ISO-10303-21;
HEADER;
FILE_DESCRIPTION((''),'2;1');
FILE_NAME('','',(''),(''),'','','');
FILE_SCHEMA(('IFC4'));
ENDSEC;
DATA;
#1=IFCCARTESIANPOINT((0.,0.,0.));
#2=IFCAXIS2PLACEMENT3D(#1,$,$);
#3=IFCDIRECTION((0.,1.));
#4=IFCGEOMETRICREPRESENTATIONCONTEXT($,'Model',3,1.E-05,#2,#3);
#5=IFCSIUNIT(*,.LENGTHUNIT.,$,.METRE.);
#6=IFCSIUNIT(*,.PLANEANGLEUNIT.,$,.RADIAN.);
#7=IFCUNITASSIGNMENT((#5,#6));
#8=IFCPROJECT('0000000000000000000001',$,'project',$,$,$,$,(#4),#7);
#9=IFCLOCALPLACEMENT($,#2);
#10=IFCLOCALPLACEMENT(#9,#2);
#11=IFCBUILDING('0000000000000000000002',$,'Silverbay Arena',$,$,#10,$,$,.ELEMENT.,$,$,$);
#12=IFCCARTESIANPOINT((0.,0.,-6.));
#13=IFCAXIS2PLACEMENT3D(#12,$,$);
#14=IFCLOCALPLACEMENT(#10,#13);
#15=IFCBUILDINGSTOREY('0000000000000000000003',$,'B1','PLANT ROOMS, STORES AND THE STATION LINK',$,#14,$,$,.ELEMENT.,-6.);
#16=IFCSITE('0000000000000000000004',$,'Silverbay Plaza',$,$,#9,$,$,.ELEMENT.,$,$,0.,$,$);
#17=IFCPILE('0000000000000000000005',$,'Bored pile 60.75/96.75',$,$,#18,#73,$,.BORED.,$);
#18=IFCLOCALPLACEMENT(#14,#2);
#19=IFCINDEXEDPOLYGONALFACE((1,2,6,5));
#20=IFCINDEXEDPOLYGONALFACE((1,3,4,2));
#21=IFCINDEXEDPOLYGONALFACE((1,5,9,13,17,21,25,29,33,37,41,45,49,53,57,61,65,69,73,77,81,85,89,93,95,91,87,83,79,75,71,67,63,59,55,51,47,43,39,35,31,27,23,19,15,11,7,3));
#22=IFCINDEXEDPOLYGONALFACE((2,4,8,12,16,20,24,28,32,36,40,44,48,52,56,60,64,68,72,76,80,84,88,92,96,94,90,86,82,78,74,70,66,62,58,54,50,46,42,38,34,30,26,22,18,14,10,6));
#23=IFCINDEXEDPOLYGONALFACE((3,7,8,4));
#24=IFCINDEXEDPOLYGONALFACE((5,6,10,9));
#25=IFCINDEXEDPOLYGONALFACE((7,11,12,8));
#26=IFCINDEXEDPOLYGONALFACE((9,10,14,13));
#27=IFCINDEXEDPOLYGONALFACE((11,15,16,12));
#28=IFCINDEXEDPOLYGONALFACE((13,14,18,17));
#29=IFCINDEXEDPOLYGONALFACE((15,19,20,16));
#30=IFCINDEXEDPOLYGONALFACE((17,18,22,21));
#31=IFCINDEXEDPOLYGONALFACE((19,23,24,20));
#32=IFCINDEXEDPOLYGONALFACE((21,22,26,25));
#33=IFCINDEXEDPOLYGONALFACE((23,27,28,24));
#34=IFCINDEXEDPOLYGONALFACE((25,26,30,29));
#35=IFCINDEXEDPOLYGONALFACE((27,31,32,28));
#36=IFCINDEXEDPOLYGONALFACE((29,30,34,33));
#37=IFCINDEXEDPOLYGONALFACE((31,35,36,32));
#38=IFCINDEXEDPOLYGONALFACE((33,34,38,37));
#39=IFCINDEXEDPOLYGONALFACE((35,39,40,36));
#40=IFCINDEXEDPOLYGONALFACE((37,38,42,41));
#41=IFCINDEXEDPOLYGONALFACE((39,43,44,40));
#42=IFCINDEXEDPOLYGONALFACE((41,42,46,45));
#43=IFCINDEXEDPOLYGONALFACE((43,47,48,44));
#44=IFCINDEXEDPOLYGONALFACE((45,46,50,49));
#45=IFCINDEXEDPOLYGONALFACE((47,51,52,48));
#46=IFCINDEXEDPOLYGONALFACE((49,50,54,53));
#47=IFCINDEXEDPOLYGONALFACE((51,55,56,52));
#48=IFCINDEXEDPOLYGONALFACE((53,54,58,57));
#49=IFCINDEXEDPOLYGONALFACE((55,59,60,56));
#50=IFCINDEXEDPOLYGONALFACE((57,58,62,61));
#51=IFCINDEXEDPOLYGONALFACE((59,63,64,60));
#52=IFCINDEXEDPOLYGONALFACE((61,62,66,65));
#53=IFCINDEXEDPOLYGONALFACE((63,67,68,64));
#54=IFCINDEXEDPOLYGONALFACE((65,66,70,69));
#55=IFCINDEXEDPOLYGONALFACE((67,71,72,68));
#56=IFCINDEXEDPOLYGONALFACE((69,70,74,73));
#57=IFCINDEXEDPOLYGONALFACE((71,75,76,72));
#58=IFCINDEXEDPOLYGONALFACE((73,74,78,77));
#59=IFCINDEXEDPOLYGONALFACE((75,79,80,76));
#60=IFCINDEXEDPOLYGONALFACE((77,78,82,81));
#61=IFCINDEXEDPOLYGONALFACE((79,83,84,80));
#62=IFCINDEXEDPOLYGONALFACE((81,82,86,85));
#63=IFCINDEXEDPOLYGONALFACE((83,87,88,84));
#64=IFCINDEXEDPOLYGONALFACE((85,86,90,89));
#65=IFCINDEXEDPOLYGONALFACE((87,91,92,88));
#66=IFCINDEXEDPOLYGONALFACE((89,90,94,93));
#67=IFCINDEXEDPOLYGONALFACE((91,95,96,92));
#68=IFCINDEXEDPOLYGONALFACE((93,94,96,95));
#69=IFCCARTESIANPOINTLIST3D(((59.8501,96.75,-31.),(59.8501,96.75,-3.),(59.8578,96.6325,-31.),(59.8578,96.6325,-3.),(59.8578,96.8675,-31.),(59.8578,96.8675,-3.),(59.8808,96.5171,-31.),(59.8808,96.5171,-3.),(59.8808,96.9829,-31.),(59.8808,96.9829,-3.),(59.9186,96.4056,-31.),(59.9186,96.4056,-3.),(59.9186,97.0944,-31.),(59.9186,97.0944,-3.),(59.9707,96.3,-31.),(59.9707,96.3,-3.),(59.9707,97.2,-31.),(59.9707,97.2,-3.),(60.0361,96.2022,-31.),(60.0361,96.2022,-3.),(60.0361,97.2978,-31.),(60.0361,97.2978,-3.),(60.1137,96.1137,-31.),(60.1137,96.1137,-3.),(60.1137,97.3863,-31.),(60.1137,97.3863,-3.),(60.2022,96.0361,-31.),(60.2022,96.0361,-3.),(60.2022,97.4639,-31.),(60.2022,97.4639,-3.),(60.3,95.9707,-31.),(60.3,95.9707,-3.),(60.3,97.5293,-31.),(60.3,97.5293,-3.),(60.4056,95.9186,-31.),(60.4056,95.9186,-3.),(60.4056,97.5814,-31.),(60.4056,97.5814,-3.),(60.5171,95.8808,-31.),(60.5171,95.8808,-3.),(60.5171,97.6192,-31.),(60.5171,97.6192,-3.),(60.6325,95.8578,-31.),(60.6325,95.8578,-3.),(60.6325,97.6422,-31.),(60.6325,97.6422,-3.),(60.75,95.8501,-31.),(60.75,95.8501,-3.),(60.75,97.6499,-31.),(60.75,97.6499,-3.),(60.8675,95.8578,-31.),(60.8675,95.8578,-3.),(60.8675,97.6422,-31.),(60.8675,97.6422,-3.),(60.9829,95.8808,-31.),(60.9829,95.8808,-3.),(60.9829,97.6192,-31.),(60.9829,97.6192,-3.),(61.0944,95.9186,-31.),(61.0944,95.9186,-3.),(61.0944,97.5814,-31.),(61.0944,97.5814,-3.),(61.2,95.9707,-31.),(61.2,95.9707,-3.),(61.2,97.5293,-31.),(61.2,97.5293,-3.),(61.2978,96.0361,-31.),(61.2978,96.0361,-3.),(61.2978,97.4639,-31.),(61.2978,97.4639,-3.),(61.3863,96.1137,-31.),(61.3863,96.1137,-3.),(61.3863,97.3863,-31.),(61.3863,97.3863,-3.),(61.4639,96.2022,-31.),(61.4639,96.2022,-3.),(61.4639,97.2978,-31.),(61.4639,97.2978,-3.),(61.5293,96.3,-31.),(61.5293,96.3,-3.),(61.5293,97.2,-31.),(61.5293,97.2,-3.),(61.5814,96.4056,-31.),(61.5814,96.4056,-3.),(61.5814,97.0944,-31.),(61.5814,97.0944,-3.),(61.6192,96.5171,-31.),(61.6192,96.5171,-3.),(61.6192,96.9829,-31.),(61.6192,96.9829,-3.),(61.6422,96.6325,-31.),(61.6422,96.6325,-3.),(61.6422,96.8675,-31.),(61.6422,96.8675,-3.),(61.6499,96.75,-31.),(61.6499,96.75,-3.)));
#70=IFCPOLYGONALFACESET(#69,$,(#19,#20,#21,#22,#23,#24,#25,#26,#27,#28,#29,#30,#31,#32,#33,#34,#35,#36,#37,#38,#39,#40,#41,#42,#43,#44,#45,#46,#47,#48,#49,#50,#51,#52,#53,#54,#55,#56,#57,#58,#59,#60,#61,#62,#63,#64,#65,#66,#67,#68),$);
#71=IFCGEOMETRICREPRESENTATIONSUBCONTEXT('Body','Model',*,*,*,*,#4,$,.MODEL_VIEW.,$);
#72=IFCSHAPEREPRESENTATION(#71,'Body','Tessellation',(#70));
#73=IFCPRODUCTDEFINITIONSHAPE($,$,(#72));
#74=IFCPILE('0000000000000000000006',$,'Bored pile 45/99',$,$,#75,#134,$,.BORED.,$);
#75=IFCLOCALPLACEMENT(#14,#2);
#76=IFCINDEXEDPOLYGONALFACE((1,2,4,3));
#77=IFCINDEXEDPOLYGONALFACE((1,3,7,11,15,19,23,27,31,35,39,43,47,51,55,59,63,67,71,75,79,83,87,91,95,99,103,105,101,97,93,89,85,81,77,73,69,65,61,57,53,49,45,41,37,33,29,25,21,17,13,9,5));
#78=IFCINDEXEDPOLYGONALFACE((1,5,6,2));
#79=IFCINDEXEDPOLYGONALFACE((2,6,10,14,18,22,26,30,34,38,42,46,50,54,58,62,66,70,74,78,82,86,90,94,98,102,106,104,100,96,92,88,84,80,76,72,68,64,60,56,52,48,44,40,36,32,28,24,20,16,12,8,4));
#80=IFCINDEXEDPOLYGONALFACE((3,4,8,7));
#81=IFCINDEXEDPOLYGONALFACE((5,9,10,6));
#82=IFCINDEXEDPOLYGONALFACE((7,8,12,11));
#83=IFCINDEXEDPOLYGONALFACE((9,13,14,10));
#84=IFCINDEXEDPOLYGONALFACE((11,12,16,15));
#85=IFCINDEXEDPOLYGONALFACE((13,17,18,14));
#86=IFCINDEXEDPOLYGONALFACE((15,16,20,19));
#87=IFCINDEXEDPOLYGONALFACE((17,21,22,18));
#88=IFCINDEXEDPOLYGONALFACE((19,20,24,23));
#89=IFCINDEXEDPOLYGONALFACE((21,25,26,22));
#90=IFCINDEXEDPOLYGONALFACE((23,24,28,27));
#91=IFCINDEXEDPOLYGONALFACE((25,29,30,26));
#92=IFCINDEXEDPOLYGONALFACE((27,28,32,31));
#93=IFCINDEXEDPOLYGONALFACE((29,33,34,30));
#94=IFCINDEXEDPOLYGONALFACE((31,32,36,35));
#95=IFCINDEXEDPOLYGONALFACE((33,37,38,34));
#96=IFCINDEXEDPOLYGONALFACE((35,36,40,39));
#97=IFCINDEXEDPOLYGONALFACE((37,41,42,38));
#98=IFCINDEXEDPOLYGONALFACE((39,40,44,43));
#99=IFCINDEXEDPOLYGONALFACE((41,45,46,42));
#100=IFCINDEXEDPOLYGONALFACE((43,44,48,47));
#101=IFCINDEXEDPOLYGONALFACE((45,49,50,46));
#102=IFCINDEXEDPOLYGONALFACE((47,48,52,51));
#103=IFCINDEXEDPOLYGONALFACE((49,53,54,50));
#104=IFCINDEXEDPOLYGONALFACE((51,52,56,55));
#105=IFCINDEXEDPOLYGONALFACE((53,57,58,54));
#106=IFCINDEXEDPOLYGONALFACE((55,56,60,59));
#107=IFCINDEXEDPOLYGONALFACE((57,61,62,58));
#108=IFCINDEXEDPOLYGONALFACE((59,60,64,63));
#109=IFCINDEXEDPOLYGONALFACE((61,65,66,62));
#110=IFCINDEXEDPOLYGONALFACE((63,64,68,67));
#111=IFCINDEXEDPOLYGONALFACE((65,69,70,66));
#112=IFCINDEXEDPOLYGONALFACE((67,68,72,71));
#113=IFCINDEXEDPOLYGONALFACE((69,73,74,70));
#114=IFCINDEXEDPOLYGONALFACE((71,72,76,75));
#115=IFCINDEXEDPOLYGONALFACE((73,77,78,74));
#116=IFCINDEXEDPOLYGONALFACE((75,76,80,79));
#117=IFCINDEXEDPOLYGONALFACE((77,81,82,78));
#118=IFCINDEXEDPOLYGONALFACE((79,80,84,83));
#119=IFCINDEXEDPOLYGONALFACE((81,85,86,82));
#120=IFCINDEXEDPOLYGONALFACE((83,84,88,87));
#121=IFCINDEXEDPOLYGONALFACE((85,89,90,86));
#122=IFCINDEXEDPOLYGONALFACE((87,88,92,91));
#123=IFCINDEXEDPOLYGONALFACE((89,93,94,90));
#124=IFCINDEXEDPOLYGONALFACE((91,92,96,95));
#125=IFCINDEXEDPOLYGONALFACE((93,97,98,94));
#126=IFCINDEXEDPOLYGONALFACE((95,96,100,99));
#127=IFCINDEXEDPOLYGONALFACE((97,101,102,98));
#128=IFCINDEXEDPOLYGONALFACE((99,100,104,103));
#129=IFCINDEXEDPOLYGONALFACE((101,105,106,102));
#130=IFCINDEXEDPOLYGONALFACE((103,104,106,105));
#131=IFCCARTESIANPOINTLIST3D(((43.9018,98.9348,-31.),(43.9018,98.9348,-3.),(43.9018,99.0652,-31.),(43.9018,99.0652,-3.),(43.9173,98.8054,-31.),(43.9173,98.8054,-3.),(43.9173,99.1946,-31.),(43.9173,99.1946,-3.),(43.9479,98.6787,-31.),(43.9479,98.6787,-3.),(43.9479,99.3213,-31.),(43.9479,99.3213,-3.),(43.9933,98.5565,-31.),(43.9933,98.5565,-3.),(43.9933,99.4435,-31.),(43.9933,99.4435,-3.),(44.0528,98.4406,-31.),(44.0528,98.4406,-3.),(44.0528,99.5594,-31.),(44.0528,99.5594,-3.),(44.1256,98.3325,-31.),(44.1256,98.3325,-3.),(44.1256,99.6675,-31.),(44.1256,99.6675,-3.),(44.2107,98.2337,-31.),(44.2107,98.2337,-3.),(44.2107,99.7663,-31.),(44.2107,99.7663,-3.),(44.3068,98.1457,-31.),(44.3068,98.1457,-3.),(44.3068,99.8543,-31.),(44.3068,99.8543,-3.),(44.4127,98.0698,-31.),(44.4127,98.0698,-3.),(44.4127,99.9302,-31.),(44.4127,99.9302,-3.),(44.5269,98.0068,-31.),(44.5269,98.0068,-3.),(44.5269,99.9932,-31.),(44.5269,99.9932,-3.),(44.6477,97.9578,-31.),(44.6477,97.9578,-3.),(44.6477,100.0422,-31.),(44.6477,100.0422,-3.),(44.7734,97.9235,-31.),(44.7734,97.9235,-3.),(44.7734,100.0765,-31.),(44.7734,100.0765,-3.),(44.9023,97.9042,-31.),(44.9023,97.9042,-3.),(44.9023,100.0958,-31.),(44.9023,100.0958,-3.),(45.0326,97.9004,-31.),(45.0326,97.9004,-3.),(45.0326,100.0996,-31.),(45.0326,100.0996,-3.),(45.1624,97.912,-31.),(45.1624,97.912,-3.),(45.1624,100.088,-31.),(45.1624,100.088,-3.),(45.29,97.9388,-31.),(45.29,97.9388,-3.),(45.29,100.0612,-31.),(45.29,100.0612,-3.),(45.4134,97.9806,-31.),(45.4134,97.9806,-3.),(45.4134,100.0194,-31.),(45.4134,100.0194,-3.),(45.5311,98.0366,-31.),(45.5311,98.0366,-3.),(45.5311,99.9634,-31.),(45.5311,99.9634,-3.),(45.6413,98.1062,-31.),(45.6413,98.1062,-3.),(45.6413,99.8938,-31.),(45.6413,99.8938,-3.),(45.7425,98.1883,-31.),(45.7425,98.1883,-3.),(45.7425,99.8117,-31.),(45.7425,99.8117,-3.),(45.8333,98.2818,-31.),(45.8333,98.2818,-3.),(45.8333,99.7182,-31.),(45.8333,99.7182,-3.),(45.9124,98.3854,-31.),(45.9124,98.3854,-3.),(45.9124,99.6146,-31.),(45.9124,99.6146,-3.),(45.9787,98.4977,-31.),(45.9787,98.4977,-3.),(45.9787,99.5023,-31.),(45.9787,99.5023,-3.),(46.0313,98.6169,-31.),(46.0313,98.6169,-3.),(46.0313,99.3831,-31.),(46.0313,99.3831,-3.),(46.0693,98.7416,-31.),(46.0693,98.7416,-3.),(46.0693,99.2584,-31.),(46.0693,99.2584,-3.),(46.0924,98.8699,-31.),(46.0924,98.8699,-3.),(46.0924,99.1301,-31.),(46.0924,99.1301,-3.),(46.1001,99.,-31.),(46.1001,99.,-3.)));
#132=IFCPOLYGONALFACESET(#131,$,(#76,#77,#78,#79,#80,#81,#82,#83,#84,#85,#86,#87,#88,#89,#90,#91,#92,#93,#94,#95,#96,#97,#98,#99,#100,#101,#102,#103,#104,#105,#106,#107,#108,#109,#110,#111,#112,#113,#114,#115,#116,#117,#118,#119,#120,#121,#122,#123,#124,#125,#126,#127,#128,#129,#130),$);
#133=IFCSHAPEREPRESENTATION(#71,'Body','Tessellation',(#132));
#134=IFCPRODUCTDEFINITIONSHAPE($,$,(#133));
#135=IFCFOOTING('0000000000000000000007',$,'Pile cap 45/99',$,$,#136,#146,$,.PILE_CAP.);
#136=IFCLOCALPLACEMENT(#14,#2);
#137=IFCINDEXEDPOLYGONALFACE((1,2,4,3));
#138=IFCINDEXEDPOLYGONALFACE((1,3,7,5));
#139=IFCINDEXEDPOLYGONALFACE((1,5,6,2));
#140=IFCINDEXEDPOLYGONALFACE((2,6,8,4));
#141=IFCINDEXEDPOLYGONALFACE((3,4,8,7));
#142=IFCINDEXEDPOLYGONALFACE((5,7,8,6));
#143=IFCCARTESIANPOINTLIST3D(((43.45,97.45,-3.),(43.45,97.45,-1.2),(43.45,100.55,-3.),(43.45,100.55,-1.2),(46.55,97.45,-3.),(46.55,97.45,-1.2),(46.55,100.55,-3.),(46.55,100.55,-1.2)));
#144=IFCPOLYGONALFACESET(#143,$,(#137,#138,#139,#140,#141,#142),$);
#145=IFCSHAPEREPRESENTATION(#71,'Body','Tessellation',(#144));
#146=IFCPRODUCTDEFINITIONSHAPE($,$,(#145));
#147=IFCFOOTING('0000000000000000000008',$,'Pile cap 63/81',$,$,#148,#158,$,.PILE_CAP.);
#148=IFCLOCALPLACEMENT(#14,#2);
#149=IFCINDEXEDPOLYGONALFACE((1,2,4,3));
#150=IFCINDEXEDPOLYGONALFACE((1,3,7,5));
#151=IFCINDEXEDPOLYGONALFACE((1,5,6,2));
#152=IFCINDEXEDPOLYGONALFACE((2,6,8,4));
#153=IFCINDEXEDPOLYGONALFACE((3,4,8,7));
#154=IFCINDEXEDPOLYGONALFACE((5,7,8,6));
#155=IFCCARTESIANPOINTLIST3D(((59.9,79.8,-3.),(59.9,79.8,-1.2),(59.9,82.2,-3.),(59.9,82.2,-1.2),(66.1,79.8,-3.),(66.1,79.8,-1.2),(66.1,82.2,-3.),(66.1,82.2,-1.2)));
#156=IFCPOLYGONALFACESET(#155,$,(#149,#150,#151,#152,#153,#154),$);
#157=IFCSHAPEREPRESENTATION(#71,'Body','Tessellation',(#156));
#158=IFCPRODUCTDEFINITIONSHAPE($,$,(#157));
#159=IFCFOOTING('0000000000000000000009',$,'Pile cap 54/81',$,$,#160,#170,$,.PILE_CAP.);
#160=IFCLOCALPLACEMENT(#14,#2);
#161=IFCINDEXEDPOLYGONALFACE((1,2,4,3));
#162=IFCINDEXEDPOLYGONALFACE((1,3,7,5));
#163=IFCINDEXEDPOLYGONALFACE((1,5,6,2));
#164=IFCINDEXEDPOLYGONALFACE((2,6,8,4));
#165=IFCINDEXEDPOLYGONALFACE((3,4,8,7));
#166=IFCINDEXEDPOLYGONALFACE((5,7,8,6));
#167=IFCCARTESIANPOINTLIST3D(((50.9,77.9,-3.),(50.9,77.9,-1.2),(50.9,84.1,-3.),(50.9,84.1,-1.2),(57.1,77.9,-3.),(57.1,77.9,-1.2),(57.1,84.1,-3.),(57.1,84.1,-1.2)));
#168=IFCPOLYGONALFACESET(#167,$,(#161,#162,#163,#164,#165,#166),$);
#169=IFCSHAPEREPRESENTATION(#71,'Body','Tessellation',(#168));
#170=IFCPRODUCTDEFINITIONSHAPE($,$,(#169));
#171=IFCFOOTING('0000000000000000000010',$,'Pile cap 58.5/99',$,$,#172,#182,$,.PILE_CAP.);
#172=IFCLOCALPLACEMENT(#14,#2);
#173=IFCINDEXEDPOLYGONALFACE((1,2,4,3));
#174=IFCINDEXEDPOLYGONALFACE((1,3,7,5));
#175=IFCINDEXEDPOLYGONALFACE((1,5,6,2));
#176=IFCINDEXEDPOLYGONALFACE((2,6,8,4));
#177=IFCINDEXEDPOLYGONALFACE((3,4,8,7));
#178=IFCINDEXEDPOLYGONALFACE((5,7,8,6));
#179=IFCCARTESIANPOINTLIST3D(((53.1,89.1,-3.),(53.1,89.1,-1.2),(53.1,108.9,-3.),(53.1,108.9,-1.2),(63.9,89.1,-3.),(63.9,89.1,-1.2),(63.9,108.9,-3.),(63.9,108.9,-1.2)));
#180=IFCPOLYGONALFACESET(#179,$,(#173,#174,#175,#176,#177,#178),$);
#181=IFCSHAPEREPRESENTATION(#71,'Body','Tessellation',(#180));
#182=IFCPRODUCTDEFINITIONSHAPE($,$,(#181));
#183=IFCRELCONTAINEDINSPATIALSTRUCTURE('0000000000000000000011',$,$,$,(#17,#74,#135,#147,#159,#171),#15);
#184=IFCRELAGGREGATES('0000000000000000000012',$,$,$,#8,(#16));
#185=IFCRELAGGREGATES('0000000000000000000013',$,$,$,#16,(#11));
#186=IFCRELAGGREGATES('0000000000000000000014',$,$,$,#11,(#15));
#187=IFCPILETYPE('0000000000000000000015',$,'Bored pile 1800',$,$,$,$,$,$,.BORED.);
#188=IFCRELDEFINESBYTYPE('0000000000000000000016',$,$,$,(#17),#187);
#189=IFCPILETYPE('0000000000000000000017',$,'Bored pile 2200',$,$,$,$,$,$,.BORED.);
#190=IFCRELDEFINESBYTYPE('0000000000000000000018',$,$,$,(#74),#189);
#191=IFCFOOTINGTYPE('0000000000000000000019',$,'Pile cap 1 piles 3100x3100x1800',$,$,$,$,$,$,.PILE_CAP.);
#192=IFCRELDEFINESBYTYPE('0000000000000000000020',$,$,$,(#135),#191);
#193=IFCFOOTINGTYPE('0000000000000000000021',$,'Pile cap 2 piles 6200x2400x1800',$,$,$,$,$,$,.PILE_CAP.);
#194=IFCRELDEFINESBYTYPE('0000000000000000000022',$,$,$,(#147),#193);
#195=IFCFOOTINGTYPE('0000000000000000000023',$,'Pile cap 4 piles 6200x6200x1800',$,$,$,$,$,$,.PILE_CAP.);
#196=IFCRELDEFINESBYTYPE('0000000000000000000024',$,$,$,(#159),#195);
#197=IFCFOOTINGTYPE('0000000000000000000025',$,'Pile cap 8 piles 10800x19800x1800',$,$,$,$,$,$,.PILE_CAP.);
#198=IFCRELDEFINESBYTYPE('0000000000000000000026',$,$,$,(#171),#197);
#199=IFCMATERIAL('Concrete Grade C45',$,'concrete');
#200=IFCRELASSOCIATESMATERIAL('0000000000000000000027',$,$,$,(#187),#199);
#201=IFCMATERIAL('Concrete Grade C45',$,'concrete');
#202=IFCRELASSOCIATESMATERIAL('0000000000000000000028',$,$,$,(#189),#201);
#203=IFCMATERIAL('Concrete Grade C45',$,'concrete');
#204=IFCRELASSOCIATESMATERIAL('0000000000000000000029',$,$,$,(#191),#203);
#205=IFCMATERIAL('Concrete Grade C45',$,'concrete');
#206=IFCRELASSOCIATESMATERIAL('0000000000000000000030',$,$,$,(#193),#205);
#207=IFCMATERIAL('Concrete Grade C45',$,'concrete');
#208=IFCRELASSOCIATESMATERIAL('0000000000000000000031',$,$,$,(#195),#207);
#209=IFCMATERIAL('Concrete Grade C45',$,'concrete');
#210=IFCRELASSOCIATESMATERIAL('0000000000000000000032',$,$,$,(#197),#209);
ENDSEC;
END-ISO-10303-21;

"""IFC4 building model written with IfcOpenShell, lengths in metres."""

from ifc_helpers import new_model, si_unit, direction, frame, origin, origin_2d, place, context, subcontext, project, spatial, rectangle, circle, extrude, material, material_profile, profile_set, type_object, element, save


model = new_model("IFC4")

# Units and contexts
model_context = context("Model", 3, precision=1e-05, world=origin(), true_north=direction((0.0, 1.0)))
body_context = subcontext(model_context, "Body", "Model", "MODEL_VIEW")
ifc_project = project(units=[si_unit("LENGTHUNIT", "METRE"), si_unit("PLANEANGLEUNIT", "RADIAN")], contexts=[model_context])

# Site, building, storey
site_placement = place(None, origin())
site = spatial("IfcSite", under=ifc_project, at=site_placement, Name="Silverbay Plaza", CompositionType="ELEMENT", RefElevation=0.0)
building_placement = place(site_placement, origin())
building = spatial("IfcBuilding", under=site, at=building_placement, Name="Silverbay Arena", CompositionType="ELEMENT")
storey_placement = place(building_placement, frame((0.0, 0.0, -6.0)))
storey = spatial("IfcBuildingStorey", under=building, at=storey_placement, Name="B1", Description="PLANT ROOMS, STORES AND THE STATION LINK", CompositionType="ELEMENT", Elevation=-6.0)

# Piles
ifc_material_1 = material(Name="Concrete Grade C45", Category="concrete")
ifc_material_profile_1 = material_profile(ifc_material_1, circle(Radius=0.8999, at=origin_2d()), Name="Bored pile 1800")
ifc_profile_set_1 = profile_set([ifc_material_profile_1], Name="Concrete Grade C45")
pile_type_1 = type_object("IfcPileType", Name="Bored pile 1800", PredefinedType="BORED", material=ifc_profile_set_1)
for number, where, z_axis, x_axis, name in (
    (1, (60.75, 96.75, -3.0), (0.0, 0.0, -1.0), (1.0, 0.0, 0.0), "Bored pile 60.75/96.75"),
):
    element("IfcPile", number, at=place(storey_placement, frame(where, z_axis=z_axis, x_axis=x_axis)), inside=storey, type_object=pile_type_1, Name=name, PredefinedType="BORED", context=body_context, shape_type="SweptSolid", body=[
        extrude(circle(Radius=0.8999, at=origin_2d()), origin(), (0.0, 0.0, 1.0), 28.0),
    ])
ifc_material_2 = material(Name="Concrete Grade C45", Category="concrete")
ifc_material_profile_2 = material_profile(ifc_material_2, circle(Radius=1.1001, at=origin_2d()), Name="Bored pile 2200")
ifc_profile_set_2 = profile_set([ifc_material_profile_2], Name="Concrete Grade C45")
pile_type_2 = type_object("IfcPileType", Name="Bored pile 2200", PredefinedType="BORED", material=ifc_profile_set_2)
pile_placement = place(storey_placement, frame((45.0, 99.0, -3.0), z_axis=(0.0, 0.0, -1.0), x_axis=(1.0, 0.0, 0.0)))
element("IfcPile", 2, at=pile_placement, inside=storey, type_object=pile_type_2, Name="Bored pile 45/99", PredefinedType="BORED", context=body_context, shape_type="SweptSolid", body=[
    extrude(circle(Radius=1.1001, at=origin_2d()), origin(), (0.0, 0.0, 1.0), 28.0),
])

# Footings
ifc_material_3 = material(Name="Concrete Grade C45", Category="concrete")
footing_type_1 = type_object("IfcFootingType", Name="Pile cap 1 piles 3100x3100x1800", PredefinedType="PILE_CAP", material=ifc_material_3)
footing_1_placement = place(storey_placement, frame((45.0, 99.0, -3.0), z_axis=(0.0, 0.0, 1.0), x_axis=(1.0, 0.0, 0.0)))
element("IfcFooting", 3, at=footing_1_placement, inside=storey, type_object=footing_type_1, Name="Pile cap 45/99", PredefinedType="PILE_CAP", context=body_context, shape_type="SweptSolid", body=[
    extrude(rectangle(XDim=3.1001, YDim=3.1001, at=origin_2d()), origin(), (0.0, 0.0, 1.0), 1.8),
])
ifc_material_4 = material(Name="Concrete Grade C45", Category="concrete")
footing_type_2 = type_object("IfcFootingType", Name="Pile cap 2 piles 6200x2400x1800", PredefinedType="PILE_CAP", material=ifc_material_4)
footing_2_placement = place(storey_placement, frame((63.0, 81.0, -3.0), z_axis=(0.0, 0.0, 1.0), x_axis=(1.0, 0.0, 0.0)))
element("IfcFooting", 4, at=footing_2_placement, inside=storey, type_object=footing_type_2, Name="Pile cap 63/81", PredefinedType="PILE_CAP", context=body_context, shape_type="SweptSolid", body=[
    extrude(rectangle(XDim=6.2, YDim=2.3999, at=origin_2d()), origin(), (0.0, 0.0, 1.0), 1.8),
])
ifc_material_5 = material(Name="Concrete Grade C45", Category="concrete")
footing_type_3 = type_object("IfcFootingType", Name="Pile cap 4 piles 6200x6200x1800", PredefinedType="PILE_CAP", material=ifc_material_5)
footing_3_placement = place(storey_placement, frame((54.0, 81.0, -3.0), z_axis=(0.0, 0.0, 1.0), x_axis=(1.0, 0.0, 0.0)))
element("IfcFooting", 5, at=footing_3_placement, inside=storey, type_object=footing_type_3, Name="Pile cap 54/81", PredefinedType="PILE_CAP", context=body_context, shape_type="SweptSolid", body=[
    extrude(rectangle(XDim=6.2, YDim=6.2, at=origin_2d()), origin(), (0.0, 0.0, 1.0), 1.8),
])
ifc_material_6 = material(Name="Concrete Grade C45", Category="concrete")
footing_type_4 = type_object("IfcFootingType", Name="Pile cap 8 piles 10800x19800x1800", PredefinedType="PILE_CAP", material=ifc_material_6)
footing_4_placement = place(storey_placement, frame((58.5, 99.0, -3.0), z_axis=(0.0, 0.0, 1.0), x_axis=(1.0, 0.0, 0.0)))
element("IfcFooting", 6, at=footing_4_placement, inside=storey, type_object=footing_type_4, Name="Pile cap 58.5/99", PredefinedType="PILE_CAP", context=body_context, shape_type="SweptSolid", body=[
    extrude(rectangle(XDim=10.8, YDim=19.8, at=origin_2d()), origin(), (0.0, 0.0, 1.0), 1.8),
])

save(model, "model.ifc")
